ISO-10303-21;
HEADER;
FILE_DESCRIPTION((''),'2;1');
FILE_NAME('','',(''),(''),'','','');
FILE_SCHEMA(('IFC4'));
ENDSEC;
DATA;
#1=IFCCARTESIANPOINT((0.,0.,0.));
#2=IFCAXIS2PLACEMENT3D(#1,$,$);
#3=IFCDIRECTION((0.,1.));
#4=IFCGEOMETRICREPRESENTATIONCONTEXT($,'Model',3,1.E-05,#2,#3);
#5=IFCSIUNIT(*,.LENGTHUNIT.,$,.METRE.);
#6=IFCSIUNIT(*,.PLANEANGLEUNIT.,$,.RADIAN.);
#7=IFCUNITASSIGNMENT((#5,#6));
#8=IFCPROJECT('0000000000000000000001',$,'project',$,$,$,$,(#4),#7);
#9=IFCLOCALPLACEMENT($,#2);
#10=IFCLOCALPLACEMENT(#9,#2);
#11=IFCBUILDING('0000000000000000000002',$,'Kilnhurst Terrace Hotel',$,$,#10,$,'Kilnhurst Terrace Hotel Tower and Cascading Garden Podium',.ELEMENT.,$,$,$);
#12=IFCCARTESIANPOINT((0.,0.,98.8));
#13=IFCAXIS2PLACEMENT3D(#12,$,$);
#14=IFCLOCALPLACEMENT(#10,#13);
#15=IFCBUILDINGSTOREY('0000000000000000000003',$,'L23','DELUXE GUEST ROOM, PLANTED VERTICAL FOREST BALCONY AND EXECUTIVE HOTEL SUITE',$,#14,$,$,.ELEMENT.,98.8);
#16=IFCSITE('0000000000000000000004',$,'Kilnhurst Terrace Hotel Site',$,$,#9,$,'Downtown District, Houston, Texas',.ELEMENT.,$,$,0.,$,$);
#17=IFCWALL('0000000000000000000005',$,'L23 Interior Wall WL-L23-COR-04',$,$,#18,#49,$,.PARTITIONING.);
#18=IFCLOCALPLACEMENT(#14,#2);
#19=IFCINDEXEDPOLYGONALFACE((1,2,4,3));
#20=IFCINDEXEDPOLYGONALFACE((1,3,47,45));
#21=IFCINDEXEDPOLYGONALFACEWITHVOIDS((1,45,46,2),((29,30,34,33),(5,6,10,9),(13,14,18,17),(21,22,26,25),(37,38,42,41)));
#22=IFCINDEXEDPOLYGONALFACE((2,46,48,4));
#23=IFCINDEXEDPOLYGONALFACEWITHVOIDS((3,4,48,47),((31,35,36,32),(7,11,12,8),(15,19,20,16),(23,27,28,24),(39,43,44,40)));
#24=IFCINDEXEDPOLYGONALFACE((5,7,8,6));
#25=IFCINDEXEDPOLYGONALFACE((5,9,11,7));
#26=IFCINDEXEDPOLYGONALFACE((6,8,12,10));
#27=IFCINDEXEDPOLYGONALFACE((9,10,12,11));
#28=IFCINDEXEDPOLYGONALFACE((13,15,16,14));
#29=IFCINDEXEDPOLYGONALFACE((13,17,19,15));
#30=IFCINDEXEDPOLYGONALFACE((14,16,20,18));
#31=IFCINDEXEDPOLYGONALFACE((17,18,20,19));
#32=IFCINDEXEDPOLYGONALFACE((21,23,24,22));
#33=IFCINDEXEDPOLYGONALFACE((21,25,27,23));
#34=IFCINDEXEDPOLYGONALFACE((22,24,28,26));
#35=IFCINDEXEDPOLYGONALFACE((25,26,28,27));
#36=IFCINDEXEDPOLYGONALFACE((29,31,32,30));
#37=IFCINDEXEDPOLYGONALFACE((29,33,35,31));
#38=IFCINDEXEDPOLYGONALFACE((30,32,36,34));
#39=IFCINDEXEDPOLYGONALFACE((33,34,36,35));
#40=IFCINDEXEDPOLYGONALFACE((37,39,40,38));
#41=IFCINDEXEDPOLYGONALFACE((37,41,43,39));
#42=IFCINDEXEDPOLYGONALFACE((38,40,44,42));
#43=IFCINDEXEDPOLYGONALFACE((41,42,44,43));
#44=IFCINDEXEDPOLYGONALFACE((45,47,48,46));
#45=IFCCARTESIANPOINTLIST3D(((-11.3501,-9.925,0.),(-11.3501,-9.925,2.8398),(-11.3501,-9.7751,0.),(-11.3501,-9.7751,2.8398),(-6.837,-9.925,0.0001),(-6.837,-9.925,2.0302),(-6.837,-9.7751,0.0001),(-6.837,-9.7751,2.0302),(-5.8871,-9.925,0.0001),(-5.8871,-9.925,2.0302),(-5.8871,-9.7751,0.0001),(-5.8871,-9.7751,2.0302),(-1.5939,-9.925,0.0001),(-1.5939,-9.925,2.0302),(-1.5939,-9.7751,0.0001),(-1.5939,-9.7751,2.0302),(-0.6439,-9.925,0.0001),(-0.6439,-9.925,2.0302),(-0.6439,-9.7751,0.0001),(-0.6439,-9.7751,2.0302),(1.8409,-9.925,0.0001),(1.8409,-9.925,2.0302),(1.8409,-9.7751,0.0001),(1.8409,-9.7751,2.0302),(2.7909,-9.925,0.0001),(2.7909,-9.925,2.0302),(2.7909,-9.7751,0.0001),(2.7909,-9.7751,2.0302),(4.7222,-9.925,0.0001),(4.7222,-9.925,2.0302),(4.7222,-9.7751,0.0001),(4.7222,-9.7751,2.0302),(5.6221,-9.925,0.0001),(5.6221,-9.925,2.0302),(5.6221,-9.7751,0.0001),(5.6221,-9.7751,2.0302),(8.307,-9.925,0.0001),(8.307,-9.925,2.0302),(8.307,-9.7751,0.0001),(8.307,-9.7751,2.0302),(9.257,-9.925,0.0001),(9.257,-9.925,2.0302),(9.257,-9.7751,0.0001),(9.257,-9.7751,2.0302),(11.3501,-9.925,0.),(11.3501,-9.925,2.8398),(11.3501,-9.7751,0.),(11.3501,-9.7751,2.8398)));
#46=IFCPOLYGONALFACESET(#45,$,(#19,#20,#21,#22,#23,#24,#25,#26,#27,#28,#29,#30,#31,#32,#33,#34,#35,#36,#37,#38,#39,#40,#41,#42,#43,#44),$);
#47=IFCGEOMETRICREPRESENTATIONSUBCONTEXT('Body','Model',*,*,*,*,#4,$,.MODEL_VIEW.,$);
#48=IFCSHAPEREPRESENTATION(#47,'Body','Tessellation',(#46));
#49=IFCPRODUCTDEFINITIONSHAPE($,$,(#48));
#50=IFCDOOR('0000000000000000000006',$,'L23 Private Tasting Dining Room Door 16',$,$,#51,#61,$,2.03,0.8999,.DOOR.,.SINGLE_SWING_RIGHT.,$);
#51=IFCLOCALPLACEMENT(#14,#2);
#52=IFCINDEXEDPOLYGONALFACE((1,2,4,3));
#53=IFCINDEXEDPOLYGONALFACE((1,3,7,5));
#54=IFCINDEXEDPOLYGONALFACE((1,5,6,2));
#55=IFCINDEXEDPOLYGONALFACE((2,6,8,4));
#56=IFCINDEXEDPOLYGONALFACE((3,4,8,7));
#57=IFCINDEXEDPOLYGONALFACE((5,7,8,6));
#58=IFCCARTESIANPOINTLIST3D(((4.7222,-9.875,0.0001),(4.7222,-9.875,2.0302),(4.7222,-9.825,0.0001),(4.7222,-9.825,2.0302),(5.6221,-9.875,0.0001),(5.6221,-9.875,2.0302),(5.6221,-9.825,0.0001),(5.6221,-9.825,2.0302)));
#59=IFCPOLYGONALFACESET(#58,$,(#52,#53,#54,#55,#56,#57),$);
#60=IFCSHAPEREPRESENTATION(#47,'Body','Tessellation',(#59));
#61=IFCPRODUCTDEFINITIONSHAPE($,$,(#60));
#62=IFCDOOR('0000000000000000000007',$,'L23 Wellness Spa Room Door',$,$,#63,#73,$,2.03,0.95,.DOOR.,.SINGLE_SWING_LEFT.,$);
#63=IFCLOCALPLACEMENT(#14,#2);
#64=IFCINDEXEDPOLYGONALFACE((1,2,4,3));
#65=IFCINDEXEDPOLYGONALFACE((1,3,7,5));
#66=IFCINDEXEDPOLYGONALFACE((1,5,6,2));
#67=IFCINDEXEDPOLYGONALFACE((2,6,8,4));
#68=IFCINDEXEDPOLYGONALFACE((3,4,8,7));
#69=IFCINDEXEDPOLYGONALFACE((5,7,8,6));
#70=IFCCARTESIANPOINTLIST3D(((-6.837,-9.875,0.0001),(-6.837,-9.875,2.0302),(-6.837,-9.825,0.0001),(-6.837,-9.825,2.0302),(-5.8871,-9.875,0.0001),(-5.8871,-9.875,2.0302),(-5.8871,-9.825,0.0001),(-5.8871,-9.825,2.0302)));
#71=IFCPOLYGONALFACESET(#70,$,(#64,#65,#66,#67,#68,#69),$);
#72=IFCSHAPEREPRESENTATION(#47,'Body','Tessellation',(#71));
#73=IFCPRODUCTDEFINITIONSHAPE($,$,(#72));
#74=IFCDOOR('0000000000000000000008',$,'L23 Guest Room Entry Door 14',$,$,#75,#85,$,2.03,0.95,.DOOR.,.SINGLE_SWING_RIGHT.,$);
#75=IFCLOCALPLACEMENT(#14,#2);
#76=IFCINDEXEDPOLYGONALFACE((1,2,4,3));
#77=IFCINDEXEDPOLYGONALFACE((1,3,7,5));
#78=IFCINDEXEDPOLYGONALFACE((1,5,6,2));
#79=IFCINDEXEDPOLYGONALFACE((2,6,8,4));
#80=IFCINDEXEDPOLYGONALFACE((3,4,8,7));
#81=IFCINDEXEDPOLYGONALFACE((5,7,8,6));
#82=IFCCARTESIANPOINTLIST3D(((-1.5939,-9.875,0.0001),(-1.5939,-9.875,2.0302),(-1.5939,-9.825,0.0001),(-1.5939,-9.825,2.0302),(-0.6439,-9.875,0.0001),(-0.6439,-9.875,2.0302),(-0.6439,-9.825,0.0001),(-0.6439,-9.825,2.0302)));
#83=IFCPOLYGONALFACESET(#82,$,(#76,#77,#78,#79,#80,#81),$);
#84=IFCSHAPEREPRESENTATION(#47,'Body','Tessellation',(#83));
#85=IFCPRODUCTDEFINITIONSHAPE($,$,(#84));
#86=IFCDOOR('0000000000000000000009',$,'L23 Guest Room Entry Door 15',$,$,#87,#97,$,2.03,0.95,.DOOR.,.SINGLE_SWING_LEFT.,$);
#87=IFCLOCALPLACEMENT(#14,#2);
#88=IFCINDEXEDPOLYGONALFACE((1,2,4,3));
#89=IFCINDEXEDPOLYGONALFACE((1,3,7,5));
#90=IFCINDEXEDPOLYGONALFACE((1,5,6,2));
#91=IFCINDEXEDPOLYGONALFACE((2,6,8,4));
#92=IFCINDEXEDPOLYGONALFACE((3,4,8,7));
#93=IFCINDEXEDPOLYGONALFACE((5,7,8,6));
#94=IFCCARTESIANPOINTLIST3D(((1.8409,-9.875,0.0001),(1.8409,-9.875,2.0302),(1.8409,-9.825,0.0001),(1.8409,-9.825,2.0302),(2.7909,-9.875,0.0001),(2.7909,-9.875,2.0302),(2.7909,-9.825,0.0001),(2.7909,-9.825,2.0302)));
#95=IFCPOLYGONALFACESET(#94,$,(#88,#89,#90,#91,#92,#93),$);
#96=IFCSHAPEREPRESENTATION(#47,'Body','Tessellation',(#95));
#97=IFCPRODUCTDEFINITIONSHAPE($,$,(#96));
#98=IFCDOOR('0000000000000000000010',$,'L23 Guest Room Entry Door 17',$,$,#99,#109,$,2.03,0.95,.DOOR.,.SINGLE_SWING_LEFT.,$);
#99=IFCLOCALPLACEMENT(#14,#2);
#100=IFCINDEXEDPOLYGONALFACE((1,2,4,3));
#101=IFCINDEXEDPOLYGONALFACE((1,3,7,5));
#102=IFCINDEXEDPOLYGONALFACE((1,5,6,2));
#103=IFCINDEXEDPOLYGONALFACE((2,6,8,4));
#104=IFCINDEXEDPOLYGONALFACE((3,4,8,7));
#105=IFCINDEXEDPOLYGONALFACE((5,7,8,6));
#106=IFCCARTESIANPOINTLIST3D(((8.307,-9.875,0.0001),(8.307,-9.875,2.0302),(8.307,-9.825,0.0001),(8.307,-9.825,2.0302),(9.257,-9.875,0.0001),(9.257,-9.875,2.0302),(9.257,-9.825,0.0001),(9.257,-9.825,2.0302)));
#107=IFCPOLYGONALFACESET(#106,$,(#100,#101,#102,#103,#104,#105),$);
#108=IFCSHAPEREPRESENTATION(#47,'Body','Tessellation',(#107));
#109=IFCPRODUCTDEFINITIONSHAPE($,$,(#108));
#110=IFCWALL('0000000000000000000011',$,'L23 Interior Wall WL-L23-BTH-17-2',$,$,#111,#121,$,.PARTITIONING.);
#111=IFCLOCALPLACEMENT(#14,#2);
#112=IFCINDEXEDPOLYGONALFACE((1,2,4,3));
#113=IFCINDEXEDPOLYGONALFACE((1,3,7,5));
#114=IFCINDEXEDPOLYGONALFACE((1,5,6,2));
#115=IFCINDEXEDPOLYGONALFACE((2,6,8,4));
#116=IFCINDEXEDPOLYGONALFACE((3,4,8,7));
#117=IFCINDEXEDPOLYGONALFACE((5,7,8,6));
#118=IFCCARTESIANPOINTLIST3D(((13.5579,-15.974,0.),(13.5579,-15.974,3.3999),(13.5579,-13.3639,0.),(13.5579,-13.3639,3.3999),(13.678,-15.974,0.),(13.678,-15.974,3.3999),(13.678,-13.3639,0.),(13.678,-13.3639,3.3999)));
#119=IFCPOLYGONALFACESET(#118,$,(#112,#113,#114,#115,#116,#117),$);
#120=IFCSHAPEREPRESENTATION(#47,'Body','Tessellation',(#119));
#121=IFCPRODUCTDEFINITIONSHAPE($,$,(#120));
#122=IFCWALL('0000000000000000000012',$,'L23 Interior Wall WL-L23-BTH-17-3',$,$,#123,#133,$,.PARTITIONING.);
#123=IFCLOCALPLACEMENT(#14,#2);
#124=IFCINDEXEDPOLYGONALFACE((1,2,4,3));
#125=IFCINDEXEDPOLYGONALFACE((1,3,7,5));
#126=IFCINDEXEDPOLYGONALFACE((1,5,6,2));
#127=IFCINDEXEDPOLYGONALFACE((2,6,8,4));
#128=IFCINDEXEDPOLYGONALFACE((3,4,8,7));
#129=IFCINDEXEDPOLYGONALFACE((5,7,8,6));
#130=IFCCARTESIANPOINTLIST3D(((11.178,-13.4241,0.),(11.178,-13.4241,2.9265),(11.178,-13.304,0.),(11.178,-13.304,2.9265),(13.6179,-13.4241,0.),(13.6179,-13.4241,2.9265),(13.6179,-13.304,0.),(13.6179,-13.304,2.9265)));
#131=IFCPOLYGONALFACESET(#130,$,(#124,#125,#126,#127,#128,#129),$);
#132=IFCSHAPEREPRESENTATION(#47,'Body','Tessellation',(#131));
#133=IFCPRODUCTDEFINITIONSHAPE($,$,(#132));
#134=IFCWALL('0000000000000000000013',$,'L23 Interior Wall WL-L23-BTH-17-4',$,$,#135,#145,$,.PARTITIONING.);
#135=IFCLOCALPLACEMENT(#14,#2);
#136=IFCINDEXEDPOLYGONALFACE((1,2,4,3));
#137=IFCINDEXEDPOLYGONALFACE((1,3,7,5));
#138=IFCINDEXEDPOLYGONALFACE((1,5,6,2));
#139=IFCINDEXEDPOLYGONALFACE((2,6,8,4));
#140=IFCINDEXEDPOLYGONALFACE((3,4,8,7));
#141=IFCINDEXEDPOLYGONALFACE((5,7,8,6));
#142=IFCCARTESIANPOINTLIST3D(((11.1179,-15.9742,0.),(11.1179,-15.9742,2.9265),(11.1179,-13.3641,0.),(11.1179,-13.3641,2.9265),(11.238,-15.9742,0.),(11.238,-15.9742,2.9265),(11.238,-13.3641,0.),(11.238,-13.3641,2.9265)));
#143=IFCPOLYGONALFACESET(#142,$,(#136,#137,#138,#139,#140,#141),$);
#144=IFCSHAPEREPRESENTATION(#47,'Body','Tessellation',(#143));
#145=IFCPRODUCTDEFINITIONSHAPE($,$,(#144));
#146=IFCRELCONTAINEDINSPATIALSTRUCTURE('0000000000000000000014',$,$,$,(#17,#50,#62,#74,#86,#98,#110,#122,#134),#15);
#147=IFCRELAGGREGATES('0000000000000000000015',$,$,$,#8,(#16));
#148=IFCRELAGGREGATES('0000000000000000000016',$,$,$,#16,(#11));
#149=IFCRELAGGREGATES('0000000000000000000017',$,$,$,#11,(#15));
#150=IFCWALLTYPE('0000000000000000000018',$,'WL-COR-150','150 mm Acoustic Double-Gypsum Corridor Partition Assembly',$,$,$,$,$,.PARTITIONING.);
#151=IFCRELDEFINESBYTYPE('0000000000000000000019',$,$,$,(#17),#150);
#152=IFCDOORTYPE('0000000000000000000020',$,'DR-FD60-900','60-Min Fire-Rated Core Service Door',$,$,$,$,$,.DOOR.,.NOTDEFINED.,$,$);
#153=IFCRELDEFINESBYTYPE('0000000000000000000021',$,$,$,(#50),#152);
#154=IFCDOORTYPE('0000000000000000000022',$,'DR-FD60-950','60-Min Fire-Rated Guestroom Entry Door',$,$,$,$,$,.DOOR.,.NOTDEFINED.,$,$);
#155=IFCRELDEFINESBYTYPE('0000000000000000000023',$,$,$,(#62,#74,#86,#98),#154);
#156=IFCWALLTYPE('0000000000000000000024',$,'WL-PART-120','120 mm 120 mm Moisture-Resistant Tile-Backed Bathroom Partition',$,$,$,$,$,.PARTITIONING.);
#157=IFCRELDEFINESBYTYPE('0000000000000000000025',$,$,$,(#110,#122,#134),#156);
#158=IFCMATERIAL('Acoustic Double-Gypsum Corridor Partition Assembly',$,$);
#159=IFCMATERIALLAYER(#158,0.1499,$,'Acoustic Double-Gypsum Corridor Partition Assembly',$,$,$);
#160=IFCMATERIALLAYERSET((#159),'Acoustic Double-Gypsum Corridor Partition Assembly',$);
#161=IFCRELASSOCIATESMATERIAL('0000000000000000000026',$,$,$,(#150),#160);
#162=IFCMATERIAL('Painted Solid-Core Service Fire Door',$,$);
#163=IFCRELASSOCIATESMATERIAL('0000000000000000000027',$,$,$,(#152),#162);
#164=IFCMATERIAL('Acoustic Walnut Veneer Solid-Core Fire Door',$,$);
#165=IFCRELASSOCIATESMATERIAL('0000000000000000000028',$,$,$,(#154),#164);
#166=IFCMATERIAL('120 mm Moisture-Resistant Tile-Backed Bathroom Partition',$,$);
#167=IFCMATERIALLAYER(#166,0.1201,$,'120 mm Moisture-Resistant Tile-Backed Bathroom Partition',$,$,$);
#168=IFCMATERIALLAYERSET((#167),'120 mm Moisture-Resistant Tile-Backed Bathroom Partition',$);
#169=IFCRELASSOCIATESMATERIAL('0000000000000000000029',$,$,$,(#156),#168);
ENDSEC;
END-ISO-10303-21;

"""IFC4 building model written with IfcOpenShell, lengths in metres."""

from ifc_helpers import new_model, si_unit, direction, frame, frame_2d, origin, place, context, subcontext, project, spatial, rectangle, extrude, material, layer, layer_set, type_object, element, fill, save


model = new_model("IFC4")

# Units and contexts
model_context = context("Model", 3, precision=1e-05, world=origin(), true_north=direction((0.0, 1.0)))
body_context = subcontext(model_context, "Body", "Model", "MODEL_VIEW")
ifc_project = project(units=[si_unit("LENGTHUNIT", "METRE"), si_unit("PLANEANGLEUNIT", "RADIAN")], contexts=[model_context])

# Site, building, storey
site_placement = place(None, origin())
site = spatial("IfcSite", under=ifc_project, at=site_placement, Name="Kilnhurst Terrace Hotel Site", LongName="Downtown District, Houston, Texas", CompositionType="ELEMENT", RefElevation=0.0)
building_placement = place(site_placement, origin())
building = spatial("IfcBuilding", under=site, at=building_placement, Name="Kilnhurst Terrace Hotel", LongName="Kilnhurst Terrace Hotel Tower and Cascading Garden Podium", CompositionType="ELEMENT")
storey_placement = place(building_placement, frame((0.0, 0.0, 98.8)))
storey = spatial("IfcBuildingStorey", under=building, at=storey_placement, Name="L23", Description="DELUXE GUEST ROOM, PLANTED VERTICAL FOREST BALCONY AND EXECUTIVE HOTEL SUITE", CompositionType="ELEMENT", Elevation=98.8)

# Wall, openings, doors
ifc_material_1 = material(Name="Acoustic Double-Gypsum Corridor Partition Assembly")
ifc_layer_1 = layer(ifc_material_1, 0.1499, Name="Acoustic Double-Gypsum Corridor Partition Assembly")
ifc_layer_set_1 = layer_set([ifc_layer_1], Name="Acoustic Double-Gypsum Corridor Partition Assembly")
wall_type_1 = type_object("IfcWallType", Name="WL-COR-150", Description="150 mm Acoustic Double-Gypsum Corridor Partition Assembly", PredefinedType="PARTITIONING", material=ifc_layer_set_1)
wall_1_placement = place(storey_placement, frame((11.3501, -9.8501, 0.0), z_axis=(0.0, 0.0, 1.0), x_axis=(-1.0, 0.0, 0.0)))
wall_1 = element("IfcWall", 1, at=wall_1_placement, inside=storey, type_object=wall_type_1, Name="L23 Interior Wall WL-L23-COR-04", PredefinedType="PARTITIONING", context=body_context, shape_type="SweptSolid", body=[
    extrude(rectangle(XDim=22.7002, YDim=0.1499, at=frame_2d((11.3501, 0.0))), origin(), (0.0, 0.0, 1.0), 2.8398),
])
opening_1_placement = place(wall_1_placement, frame((17.2371, 0.0, 0.0)))
opening_1 = element("IfcOpeningElement", 2, at=opening_1_placement, cuts=wall_1, PredefinedType="OPENING", context=body_context, shape_type="SweptSolid", body=[
    extrude(rectangle(XDim=0.95, YDim=2.03, at=frame_2d((0.4751, 1.0151))), frame((0.0, 0.085, 0.0), z_axis=(0.0, -1.0, 0.0), x_axis=(1.0, 0.0, 0.0)), (0.0, 0.0, 1.0), 0.1699),
])
opening_2_placement = place(wall_1_placement, frame((11.9939, 0.0, 0.0)))
opening_2 = element("IfcOpeningElement", 3, at=opening_2_placement, cuts=wall_1, PredefinedType="OPENING", context=body_context, shape_type="SweptSolid", body=[
    extrude(rectangle(XDim=0.95, YDim=2.03, at=frame_2d((0.4751, 1.0151))), frame((0.0, 0.085, 0.0), z_axis=(0.0, -1.0, 0.0), x_axis=(1.0, 0.0, 0.0)), (0.0, 0.0, 1.0), 0.1699),
])
opening_3_placement = place(wall_1_placement, frame((8.5591, 0.0, 0.0)))
opening_3 = element("IfcOpeningElement", 4, at=opening_3_placement, cuts=wall_1, PredefinedType="OPENING", context=body_context, shape_type="SweptSolid", body=[
    extrude(rectangle(XDim=0.95, YDim=2.03, at=frame_2d((0.4751, 1.0151))), frame((0.0, 0.085, 0.0), z_axis=(0.0, -1.0, 0.0), x_axis=(1.0, 0.0, 0.0)), (0.0, 0.0, 1.0), 0.1699),
])
opening_4_placement = place(wall_1_placement, frame((5.728, 0.0, 0.0)))
opening_4 = element("IfcOpeningElement", 5, at=opening_4_placement, cuts=wall_1, PredefinedType="OPENING", context=body_context, shape_type="SweptSolid", body=[
    extrude(rectangle(XDim=0.8999, YDim=2.03, at=frame_2d((0.45, 1.0151))), frame((0.0, 0.085, 0.0), z_axis=(0.0, -1.0, 0.0), x_axis=(1.0, 0.0, 0.0)), (0.0, 0.0, 1.0), 0.1699),
])
opening_5_placement = place(wall_1_placement, frame((2.093, 0.0, 0.0)))
opening_5 = element("IfcOpeningElement", 6, at=opening_5_placement, cuts=wall_1, PredefinedType="OPENING", context=body_context, shape_type="SweptSolid", body=[
    extrude(rectangle(XDim=0.95, YDim=2.03, at=frame_2d((0.4751, 1.0151))), frame((0.0, 0.085, 0.0), z_axis=(0.0, -1.0, 0.0), x_axis=(1.0, 0.0, 0.0)), (0.0, 0.0, 1.0), 0.1699),
])
ifc_material_2 = material(Name="Painted Solid-Core Service Fire Door")
door_type_1 = type_object("IfcDoorType", Name="DR-FD60-900", Description="60-Min Fire-Rated Core Service Door", OperationType="NOTDEFINED", PredefinedType="DOOR", material=ifc_material_2)
door_1_placement = place(opening_4_placement, origin())
door_1 = element("IfcDoor", 7, at=door_1_placement, inside=storey, type_object=door_type_1, Name="L23 Private Tasting Dining Room Door 16", OperationType="SINGLE_SWING_RIGHT", OverallHeight=2.03, OverallWidth=0.8999, PredefinedType="DOOR", context=body_context, shape_type="SweptSolid", body=[
    extrude(rectangle(XDim=0.8999, YDim=2.03, at=frame_2d((0.45, 1.0151))), frame((0.0, 0.0249, 0.0), z_axis=(0.0, -1.0, 0.0), x_axis=(1.0, 0.0, 0.0)), (0.0, 0.0, 1.0), 0.05),
])
fill(opening_4, door_1)
ifc_material_3 = material(Name="Acoustic Walnut Veneer Solid-Core Fire Door")
door_type_2 = type_object("IfcDoorType", Name="DR-FD60-950", Description="60-Min Fire-Rated Guestroom Entry Door", OperationType="NOTDEFINED", PredefinedType="DOOR", material=ifc_material_3)
door_2_placement = place(opening_1_placement, origin())
door_2 = element("IfcDoor", 8, at=door_2_placement, inside=storey, type_object=door_type_2, Name="L23 Wellness Spa Room Door", OperationType="SINGLE_SWING_LEFT", OverallHeight=2.03, OverallWidth=0.95, PredefinedType="DOOR", context=body_context, shape_type="SweptSolid", body=[
    extrude(rectangle(XDim=0.95, YDim=2.03, at=frame_2d((0.4751, 1.0151))), frame((0.0, 0.0249, 0.0), z_axis=(0.0, -1.0, 0.0), x_axis=(1.0, 0.0, 0.0)), (0.0, 0.0, 1.0), 0.05),
])
fill(opening_1, door_2)
door_3_placement = place(opening_2_placement, origin())
door_3 = element("IfcDoor", 9, at=door_3_placement, inside=storey, type_object=door_type_2, Name="L23 Guest Room Entry Door 14", OperationType="SINGLE_SWING_RIGHT", OverallHeight=2.03, OverallWidth=0.95, PredefinedType="DOOR", context=body_context, shape_type="SweptSolid", body=[
    extrude(rectangle(XDim=0.95, YDim=2.03, at=frame_2d((0.4751, 1.0151))), frame((0.0, 0.0249, 0.0), z_axis=(0.0, -1.0, 0.0), x_axis=(1.0, 0.0, 0.0)), (0.0, 0.0, 1.0), 0.05),
])
fill(opening_2, door_3)
door_4_placement = place(opening_3_placement, origin())
door_4 = element("IfcDoor", 10, at=door_4_placement, inside=storey, type_object=door_type_2, Name="L23 Guest Room Entry Door 15", OperationType="SINGLE_SWING_LEFT", OverallHeight=2.03, OverallWidth=0.95, PredefinedType="DOOR", context=body_context, shape_type="SweptSolid", body=[
    extrude(rectangle(XDim=0.95, YDim=2.03, at=frame_2d((0.4751, 1.0151))), frame((0.0, 0.0249, 0.0), z_axis=(0.0, -1.0, 0.0), x_axis=(1.0, 0.0, 0.0)), (0.0, 0.0, 1.0), 0.05),
])
fill(opening_3, door_4)
door_5_placement = place(opening_5_placement, origin())
door_5 = element("IfcDoor", 11, at=door_5_placement, inside=storey, type_object=door_type_2, Name="L23 Guest Room Entry Door 17", OperationType="SINGLE_SWING_LEFT", OverallHeight=2.03, OverallWidth=0.95, PredefinedType="DOOR", context=body_context, shape_type="SweptSolid", body=[
    extrude(rectangle(XDim=0.95, YDim=2.03, at=frame_2d((0.4751, 1.0151))), frame((0.0, 0.0249, 0.0), z_axis=(0.0, -1.0, 0.0), x_axis=(1.0, 0.0, 0.0)), (0.0, 0.0, 1.0), 0.05),
])
fill(opening_5, door_5)

# Walls
ifc_material_4 = material(Name="120 mm Moisture-Resistant Tile-Backed Bathroom Partition")
ifc_layer_2 = layer(ifc_material_4, 0.1201, Name="120 mm Moisture-Resistant Tile-Backed Bathroom Partition")
ifc_layer_set_2 = layer_set([ifc_layer_2], Name="120 mm Moisture-Resistant Tile-Backed Bathroom Partition")
wall_type_2 = type_object("IfcWallType", Name="WL-PART-120", Description="120 mm 120 mm Moisture-Resistant Tile-Backed Bathroom Partition", PredefinedType="PARTITIONING", material=ifc_layer_set_2)
wall_2_placement = place(storey_placement, frame((13.6179, -15.9741, 0.0), z_axis=(0.0, 0.0, 1.0), x_axis=(0.0, 1.0, 0.0)))
element("IfcWall", 12, at=wall_2_placement, inside=storey, type_object=wall_type_2, Name="L23 Interior Wall WL-L23-BTH-17-2", PredefinedType="PARTITIONING", context=body_context, shape_type="SweptSolid", body=[
    extrude(rectangle(XDim=2.6101, YDim=0.1201, at=frame_2d((1.3052, 0.0))), origin(), (0.0, 0.0, 1.0), 3.3999),
])
wall_3_placement = place(storey_placement, frame((13.6179, -13.364, 0.0), z_axis=(0.0, 0.0, 1.0), x_axis=(-1.0, 0.0, 0.0)))
element("IfcWall", 13, at=wall_3_placement, inside=storey, type_object=wall_type_2, Name="L23 Interior Wall WL-L23-BTH-17-3", PredefinedType="PARTITIONING", context=body_context, shape_type="SweptSolid", body=[
    extrude(rectangle(XDim=2.4399, YDim=0.1201, at=frame_2d((1.22, 0.0))), origin(), (0.0, 0.0, 1.0), 2.9265),
])
wall_4_placement = place(storey_placement, frame((11.178, -13.364, 0.0), z_axis=(0.0, 0.0, 1.0), x_axis=(0.0, -1.0, 0.0)))
element("IfcWall", 14, at=wall_4_placement, inside=storey, type_object=wall_type_2, Name="L23 Interior Wall WL-L23-BTH-17-4", PredefinedType="PARTITIONING", context=body_context, shape_type="SweptSolid", body=[
    extrude(rectangle(XDim=2.6101, YDim=0.1201, at=frame_2d((1.3052, 0.0))), origin(), (0.0, 0.0, 1.0), 2.9265),
])

save(model, "model.ifc")
